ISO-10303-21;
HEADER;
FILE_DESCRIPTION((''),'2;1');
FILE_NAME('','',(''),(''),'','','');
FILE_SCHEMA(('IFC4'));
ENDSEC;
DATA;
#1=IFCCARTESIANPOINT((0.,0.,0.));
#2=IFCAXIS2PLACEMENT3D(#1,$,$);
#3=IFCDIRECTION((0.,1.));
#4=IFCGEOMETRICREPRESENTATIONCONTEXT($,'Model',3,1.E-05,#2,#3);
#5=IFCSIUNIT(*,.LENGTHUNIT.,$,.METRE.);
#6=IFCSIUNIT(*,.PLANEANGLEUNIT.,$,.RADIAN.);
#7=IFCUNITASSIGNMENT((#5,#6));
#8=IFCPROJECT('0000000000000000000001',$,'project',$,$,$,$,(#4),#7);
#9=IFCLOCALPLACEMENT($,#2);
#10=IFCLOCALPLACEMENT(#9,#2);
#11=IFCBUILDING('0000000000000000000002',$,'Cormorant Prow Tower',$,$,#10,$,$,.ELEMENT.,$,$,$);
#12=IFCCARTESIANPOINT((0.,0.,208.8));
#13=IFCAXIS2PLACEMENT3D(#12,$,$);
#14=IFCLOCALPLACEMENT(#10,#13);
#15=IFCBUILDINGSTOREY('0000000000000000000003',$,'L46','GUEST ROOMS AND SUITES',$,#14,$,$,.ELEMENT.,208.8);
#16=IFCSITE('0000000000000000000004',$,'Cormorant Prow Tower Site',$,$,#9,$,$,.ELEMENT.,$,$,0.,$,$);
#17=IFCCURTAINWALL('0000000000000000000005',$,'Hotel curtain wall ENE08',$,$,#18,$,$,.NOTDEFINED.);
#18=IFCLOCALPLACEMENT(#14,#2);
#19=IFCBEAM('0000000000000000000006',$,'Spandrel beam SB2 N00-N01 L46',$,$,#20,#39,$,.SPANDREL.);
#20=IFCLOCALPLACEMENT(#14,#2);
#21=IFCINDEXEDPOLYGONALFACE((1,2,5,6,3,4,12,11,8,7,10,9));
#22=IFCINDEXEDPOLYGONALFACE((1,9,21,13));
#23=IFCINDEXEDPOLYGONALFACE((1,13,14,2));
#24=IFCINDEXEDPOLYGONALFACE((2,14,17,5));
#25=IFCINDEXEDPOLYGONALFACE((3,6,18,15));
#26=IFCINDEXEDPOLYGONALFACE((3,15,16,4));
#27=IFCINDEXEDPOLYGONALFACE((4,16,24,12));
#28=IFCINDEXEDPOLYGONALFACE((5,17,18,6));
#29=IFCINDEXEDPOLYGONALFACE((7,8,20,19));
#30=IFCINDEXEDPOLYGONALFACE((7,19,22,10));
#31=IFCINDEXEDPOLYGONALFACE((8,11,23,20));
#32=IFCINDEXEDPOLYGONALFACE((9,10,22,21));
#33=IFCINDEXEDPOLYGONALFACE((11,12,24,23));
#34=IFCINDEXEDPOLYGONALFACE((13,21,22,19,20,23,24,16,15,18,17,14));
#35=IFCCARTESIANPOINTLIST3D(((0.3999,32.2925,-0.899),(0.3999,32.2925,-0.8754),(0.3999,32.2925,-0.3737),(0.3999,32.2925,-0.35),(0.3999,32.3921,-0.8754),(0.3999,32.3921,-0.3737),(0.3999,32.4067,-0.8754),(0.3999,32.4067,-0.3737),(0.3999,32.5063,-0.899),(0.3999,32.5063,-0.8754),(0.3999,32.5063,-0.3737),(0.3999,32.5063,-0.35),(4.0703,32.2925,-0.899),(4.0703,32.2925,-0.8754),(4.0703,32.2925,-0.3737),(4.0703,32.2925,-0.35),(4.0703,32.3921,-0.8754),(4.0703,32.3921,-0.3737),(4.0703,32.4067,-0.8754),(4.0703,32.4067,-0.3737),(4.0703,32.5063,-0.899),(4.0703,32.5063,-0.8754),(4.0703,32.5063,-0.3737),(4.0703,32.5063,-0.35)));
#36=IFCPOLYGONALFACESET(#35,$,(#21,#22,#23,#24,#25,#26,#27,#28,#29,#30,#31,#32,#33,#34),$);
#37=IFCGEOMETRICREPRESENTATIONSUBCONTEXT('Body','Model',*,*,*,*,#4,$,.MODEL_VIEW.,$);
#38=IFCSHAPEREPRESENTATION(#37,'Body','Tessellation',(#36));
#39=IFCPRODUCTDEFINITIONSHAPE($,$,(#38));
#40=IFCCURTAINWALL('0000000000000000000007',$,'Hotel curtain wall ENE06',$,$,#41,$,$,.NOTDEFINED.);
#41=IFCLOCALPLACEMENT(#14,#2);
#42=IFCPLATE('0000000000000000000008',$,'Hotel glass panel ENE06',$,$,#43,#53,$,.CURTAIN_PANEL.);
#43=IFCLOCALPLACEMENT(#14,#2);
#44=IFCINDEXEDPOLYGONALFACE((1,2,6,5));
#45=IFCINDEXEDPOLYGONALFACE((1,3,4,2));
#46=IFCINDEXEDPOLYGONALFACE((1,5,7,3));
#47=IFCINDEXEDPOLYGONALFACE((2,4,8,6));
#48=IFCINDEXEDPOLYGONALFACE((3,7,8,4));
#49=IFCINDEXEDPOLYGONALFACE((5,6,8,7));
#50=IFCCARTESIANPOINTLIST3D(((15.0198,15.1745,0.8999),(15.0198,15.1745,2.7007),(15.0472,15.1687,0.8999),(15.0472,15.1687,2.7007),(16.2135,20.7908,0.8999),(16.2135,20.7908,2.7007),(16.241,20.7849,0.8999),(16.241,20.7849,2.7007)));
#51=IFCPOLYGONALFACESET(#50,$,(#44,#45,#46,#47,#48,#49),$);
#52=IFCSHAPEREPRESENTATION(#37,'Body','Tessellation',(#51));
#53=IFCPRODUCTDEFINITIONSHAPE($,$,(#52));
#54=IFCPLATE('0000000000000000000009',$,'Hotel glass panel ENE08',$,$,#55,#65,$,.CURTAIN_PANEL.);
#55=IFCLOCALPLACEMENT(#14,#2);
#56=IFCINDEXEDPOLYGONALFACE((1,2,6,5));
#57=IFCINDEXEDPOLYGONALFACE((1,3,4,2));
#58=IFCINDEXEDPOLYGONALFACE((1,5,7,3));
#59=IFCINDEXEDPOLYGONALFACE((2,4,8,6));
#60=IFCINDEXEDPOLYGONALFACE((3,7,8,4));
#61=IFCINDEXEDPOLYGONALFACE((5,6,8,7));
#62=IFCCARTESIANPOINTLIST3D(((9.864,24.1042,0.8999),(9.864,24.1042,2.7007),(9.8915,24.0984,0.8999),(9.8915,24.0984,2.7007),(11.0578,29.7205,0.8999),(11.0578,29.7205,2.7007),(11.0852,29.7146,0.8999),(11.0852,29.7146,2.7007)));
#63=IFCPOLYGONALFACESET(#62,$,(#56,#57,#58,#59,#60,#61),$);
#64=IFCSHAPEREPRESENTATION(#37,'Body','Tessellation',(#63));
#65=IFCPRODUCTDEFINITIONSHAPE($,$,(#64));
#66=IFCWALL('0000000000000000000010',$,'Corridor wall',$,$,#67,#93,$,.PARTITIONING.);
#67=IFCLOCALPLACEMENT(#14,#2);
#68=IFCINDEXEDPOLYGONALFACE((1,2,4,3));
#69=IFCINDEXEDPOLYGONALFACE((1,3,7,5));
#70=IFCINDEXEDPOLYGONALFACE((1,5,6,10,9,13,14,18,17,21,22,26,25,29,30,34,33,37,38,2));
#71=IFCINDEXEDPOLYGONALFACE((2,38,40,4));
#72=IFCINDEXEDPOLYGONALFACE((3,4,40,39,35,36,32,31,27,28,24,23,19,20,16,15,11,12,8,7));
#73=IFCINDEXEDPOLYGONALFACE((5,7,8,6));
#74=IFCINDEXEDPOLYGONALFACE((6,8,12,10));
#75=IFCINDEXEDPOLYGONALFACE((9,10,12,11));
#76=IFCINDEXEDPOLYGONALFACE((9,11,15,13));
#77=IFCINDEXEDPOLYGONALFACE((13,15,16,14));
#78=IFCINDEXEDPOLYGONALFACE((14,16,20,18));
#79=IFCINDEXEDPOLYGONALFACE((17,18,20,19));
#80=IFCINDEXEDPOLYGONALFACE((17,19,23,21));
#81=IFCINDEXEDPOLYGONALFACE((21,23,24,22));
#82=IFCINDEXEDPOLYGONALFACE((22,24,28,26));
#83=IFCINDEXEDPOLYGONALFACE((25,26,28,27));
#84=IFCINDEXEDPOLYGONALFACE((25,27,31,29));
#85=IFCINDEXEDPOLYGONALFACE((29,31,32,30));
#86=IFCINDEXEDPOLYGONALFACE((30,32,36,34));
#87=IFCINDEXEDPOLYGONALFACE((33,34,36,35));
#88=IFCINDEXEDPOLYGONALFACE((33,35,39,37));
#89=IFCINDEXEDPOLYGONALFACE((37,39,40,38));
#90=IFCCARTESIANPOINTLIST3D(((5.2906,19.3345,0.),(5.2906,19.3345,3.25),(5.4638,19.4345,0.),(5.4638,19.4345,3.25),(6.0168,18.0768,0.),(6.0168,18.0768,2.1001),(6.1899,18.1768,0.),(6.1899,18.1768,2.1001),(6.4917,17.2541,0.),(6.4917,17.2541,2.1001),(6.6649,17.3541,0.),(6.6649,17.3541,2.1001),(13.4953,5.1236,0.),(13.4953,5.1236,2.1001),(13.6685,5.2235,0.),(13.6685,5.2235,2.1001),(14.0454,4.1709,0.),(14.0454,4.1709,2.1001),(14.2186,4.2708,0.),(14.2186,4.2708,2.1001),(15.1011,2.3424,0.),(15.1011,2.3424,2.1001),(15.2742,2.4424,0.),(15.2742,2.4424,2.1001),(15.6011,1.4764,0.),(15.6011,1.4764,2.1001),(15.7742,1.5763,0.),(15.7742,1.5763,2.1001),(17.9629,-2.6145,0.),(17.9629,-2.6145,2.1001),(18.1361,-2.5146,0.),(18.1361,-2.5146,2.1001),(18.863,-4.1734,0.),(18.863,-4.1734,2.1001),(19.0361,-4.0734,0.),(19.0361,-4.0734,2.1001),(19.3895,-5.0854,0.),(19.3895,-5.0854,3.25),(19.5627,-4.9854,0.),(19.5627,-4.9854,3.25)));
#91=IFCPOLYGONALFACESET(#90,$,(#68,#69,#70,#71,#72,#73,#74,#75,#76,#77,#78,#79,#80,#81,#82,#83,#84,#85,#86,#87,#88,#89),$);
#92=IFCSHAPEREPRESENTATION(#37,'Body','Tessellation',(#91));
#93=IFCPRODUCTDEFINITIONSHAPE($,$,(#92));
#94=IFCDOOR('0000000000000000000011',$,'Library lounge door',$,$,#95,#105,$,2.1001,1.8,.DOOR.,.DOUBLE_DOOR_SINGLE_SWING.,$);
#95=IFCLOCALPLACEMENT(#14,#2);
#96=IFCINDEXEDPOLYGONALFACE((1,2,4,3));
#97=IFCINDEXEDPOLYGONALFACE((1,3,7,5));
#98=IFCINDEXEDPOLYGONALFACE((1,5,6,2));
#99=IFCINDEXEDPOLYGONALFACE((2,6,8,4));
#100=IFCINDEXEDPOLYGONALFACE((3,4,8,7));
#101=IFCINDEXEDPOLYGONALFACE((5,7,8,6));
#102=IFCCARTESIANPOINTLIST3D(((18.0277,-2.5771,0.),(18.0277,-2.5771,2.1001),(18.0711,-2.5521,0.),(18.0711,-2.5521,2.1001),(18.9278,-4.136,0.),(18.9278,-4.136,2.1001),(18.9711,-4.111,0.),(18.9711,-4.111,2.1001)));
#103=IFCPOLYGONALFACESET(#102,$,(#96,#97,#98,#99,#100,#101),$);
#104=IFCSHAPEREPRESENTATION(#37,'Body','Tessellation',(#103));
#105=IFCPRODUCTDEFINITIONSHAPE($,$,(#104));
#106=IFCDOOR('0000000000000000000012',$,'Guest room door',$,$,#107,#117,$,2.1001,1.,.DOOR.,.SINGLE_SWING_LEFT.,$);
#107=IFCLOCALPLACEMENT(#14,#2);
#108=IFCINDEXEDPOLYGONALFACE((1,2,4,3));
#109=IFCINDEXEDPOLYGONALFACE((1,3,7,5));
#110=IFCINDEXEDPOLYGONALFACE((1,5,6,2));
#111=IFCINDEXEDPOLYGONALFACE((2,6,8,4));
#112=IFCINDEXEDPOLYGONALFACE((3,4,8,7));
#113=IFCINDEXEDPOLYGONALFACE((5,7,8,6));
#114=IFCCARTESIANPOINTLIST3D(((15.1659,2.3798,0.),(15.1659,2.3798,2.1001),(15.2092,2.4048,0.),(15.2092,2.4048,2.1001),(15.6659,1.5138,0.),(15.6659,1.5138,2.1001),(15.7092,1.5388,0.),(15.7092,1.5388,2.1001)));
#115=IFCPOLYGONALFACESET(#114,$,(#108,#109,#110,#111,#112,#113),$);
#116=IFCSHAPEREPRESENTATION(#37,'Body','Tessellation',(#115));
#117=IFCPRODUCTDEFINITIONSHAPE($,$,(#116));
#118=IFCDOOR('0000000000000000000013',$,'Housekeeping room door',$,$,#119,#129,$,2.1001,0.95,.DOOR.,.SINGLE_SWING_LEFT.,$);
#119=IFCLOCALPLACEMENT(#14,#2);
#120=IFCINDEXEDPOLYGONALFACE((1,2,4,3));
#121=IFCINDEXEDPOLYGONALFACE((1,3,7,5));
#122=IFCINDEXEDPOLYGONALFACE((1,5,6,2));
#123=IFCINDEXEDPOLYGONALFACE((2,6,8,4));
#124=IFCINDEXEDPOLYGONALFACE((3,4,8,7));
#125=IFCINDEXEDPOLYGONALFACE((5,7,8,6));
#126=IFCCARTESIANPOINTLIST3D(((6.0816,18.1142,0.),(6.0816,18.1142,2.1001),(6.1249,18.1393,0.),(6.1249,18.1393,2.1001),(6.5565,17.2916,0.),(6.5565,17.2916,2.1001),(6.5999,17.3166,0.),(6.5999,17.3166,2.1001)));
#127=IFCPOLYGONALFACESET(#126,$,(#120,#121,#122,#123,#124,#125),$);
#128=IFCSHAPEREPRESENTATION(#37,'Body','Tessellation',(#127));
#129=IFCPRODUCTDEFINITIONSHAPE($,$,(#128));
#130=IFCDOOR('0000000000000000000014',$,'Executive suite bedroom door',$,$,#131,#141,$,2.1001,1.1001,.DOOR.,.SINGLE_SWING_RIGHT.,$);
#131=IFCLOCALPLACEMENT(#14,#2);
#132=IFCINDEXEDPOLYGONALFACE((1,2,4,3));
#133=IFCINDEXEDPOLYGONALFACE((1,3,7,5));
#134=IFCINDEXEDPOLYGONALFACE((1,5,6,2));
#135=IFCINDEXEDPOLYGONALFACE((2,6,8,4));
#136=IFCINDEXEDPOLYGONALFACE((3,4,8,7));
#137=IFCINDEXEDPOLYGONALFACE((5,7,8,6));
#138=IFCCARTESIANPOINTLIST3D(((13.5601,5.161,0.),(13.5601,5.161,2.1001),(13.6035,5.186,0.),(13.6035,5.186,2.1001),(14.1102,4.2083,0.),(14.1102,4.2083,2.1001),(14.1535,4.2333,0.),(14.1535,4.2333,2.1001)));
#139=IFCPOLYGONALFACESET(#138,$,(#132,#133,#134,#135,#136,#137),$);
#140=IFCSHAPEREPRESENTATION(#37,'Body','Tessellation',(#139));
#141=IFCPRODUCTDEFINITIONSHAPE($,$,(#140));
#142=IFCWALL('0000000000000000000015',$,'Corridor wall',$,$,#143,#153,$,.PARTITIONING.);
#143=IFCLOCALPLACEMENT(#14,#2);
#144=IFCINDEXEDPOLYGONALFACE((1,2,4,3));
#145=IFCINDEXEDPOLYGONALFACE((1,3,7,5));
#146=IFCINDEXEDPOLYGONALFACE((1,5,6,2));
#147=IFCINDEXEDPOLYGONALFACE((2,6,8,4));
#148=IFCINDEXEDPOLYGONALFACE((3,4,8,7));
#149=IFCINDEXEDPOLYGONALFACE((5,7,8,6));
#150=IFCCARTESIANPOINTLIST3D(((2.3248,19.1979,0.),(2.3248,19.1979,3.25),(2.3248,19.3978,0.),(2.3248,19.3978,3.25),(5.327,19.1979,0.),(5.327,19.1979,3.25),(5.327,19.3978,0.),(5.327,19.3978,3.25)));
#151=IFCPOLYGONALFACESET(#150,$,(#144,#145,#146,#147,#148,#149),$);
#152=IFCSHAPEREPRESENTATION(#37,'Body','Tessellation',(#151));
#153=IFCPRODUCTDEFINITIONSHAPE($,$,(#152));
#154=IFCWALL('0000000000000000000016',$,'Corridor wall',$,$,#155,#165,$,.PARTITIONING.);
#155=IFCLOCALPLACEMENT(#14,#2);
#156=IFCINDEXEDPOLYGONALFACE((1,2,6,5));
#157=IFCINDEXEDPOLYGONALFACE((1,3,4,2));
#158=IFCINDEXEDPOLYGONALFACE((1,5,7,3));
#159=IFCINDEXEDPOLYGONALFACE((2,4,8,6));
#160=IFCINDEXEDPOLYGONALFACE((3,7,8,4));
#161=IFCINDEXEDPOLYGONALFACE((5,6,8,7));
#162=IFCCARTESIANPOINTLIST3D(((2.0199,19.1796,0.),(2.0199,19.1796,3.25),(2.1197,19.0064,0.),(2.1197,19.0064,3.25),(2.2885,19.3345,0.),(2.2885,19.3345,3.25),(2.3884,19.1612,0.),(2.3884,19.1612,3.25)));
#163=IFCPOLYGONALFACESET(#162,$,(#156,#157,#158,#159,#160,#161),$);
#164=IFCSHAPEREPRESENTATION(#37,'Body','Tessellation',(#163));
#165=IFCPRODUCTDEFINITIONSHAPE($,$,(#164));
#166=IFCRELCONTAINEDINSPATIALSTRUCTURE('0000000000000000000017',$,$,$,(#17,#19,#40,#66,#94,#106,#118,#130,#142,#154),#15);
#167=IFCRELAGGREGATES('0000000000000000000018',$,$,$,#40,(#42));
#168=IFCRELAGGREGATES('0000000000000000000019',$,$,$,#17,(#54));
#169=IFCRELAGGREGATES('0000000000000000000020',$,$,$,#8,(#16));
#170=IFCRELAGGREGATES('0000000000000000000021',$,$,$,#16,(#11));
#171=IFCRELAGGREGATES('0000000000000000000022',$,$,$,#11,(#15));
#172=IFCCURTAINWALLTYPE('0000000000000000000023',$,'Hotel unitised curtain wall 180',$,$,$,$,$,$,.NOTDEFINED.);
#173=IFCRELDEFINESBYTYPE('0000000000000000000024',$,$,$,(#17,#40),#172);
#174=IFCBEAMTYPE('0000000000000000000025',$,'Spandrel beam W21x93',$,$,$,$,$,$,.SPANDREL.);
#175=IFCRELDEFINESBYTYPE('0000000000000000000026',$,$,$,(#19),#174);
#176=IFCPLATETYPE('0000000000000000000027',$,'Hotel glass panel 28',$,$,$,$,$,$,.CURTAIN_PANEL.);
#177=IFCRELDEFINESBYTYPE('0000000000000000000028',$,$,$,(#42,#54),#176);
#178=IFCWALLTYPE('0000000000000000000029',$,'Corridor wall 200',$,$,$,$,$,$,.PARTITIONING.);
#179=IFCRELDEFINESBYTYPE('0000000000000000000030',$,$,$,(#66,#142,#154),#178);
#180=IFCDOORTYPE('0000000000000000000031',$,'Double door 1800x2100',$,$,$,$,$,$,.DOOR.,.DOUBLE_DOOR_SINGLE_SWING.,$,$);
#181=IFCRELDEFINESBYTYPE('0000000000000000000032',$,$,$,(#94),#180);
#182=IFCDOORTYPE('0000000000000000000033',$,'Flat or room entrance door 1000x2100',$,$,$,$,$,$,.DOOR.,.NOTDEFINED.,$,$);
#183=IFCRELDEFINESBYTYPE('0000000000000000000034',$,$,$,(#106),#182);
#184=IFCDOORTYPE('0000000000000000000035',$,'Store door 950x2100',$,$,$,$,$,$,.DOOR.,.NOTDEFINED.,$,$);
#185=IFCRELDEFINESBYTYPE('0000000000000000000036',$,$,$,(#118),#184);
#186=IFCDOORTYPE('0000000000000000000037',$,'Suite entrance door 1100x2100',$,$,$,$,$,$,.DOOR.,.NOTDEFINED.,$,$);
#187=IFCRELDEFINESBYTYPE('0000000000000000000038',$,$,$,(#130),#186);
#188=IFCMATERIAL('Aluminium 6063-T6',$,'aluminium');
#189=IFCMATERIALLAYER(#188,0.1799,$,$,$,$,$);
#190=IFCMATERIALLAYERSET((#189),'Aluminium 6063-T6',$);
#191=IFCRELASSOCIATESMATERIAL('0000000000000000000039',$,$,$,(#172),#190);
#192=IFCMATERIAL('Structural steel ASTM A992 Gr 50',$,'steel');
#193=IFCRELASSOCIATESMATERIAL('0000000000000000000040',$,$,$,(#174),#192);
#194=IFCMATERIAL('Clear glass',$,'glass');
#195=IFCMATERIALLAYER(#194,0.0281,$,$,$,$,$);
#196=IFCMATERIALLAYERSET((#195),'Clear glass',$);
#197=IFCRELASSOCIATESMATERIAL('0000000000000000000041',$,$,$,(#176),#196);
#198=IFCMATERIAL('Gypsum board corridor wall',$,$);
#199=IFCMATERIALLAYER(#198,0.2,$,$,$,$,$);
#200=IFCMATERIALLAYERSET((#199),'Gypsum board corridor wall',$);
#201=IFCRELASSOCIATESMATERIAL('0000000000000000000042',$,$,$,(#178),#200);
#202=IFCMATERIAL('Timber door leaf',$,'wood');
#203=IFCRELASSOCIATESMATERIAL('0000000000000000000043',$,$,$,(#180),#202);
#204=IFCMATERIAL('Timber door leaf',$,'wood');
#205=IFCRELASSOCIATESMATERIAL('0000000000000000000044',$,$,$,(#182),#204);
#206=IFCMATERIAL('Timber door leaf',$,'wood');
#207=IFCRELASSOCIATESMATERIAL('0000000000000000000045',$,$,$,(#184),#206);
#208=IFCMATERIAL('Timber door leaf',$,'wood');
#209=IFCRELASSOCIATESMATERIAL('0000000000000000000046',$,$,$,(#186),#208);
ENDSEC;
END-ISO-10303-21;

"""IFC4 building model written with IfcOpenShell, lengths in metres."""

from ifc_helpers import new_model, si_unit, direction, frame, frame_2d, origin, origin_2d, place, context, subcontext, project, spatial, rectangle, i_section, extrude, material, layer, layer_set, material_profile, profile_set, type_object, element, fill, aggregate, save


model = new_model("IFC4")

# Units and contexts
model_context = context("Model", 3, precision=1e-05, world=origin(), true_north=direction((0.0, 1.0)))
body_context = subcontext(model_context, "Body", "Model", "MODEL_VIEW")
ifc_project = project(units=[si_unit("LENGTHUNIT", "METRE"), si_unit("PLANEANGLEUNIT", "RADIAN")], contexts=[model_context])

# Site, building, storey
site_placement = place(None, origin())
site = spatial("IfcSite", under=ifc_project, at=site_placement, Name="Cormorant Prow Tower Site", CompositionType="ELEMENT", RefElevation=0.0)
building_placement = place(site_placement, origin())
building = spatial("IfcBuilding", under=site, at=building_placement, Name="Cormorant Prow Tower", CompositionType="ELEMENT")
storey_placement = place(building_placement, frame((0.0, 0.0, 208.8)))
storey = spatial("IfcBuildingStorey", under=building, at=storey_placement, Name="L46", Description="GUEST ROOMS AND SUITES", CompositionType="ELEMENT", Elevation=208.8)

# Curtain wall
ifc_material_1 = material(Name="Aluminium 6063-T6", Category="aluminium")
ifc_layer_1 = layer(ifc_material_1, 0.1799)
ifc_layer_set_1 = layer_set([ifc_layer_1], Name="Aluminium 6063-T6")
curtain_wall_type = type_object("IfcCurtainWallType", Name="Hotel unitised curtain wall 180", PredefinedType="NOTDEFINED", material=ifc_layer_set_1)
curtain_wall_1_placement = place(storey_placement, origin())
curtain_wall_1 = element("IfcCurtainWall", 1, at=curtain_wall_1_placement, inside=storey, type_object=curtain_wall_type, Name="Hotel curtain wall ENE08", PredefinedType="NOTDEFINED")

# Beam
ifc_material_2 = material(Name="Structural steel ASTM A992 Gr 50", Category="steel")
ifc_material_profile_1 = material_profile(ifc_material_2, i_section(OverallWidth=0.2139, OverallDepth=0.5491, WebThickness=0.0146, FlangeThickness=0.0237, at=origin_2d()), Name="W21x93")
ifc_profile_set_1 = profile_set([ifc_material_profile_1], Name="Structural steel ASTM A992 Gr 50")
beam_type = type_object("IfcBeamType", Name="Spandrel beam W21x93", PredefinedType="SPANDREL", material=ifc_profile_set_1)
beam_1_placement = place(storey_placement, frame((4.0703, 32.3994, -0.6245), z_axis=(-1.0, 0.0, 0.0), x_axis=(0.0, -1.0, 0.0)))
element("IfcBeam", 2, at=beam_1_placement, inside=storey, type_object=beam_type, Name="Spandrel beam SB2 N00-N01 L46", PredefinedType="SPANDREL", context=body_context, shape_type="SweptSolid", body=[
    extrude(i_section(OverallWidth=0.2139, OverallDepth=0.5491, WebThickness=0.0146, FlangeThickness=0.0237, at=origin_2d()), origin(), (0.0, 0.0, 1.0), 3.6704),
])

# Curtain wall, plate
curtain_wall_2_placement = place(storey_placement, origin())
curtain_wall_2 = element("IfcCurtainWall", 3, at=curtain_wall_2_placement, inside=storey, type_object=curtain_wall_type, Name="Hotel curtain wall ENE06", PredefinedType="NOTDEFINED")
ifc_material_3 = material(Name="Clear glass", Category="glass")
ifc_layer_2 = layer(ifc_material_3, 0.0281)
ifc_layer_set_2 = layer_set([ifc_layer_2], Name="Clear glass")
plate_type = type_object("IfcPlateType", Name="Hotel glass panel 28", PredefinedType="CURTAIN_PANEL", material=ifc_layer_set_2)
plate_1_placement = place(storey_placement, frame((15.6304, 17.9797, 0.8999), z_axis=(0.0, 0.0, 1.0), x_axis=(0.207912, 0.978148, 0.0)))
plate_1 = element("IfcPlate", 4, at=plate_1_placement, type_object=plate_type, Name="Hotel glass panel ENE06", PredefinedType="CURTAIN_PANEL", context=body_context, shape_type="SweptSolid", body=[
    extrude(rectangle(XDim=5.7417, YDim=0.0281, at=origin_2d()), origin(), (0.0, 0.0, 1.0), 1.8008),
])
aggregate(curtain_wall_2, [plate_1])

# Plate
plate_2_placement = place(storey_placement, frame((10.4746, 26.9094, 0.8999), z_axis=(0.0, 0.0, 1.0), x_axis=(0.207912, 0.978148, 0.0)))
plate_2 = element("IfcPlate", 5, at=plate_2_placement, type_object=plate_type, Name="Hotel glass panel ENE08", PredefinedType="CURTAIN_PANEL", context=body_context, shape_type="SweptSolid", body=[
    extrude(rectangle(XDim=5.7417, YDim=0.0281, at=origin_2d()), origin(), (0.0, 0.0, 1.0), 1.8008),
])
aggregate(curtain_wall_1, [plate_2])

# Wall, openings, doors
ifc_material_4 = material(Name="Gypsum board corridor wall")
ifc_layer_3 = layer(ifc_material_4, 0.2)
ifc_layer_set_3 = layer_set([ifc_layer_3], Name="Gypsum board corridor wall")
wall_type_1 = type_object("IfcWallType", Name="Corridor wall 200", PredefinedType="PARTITIONING", material=ifc_layer_set_3)
wall_1_placement = place(storey_placement, frame((5.3772, 19.3845, 0.0), z_axis=(0.0, 0.0, 1.0), x_axis=(0.500001, -0.866025, 0.0)))
wall_1 = element("IfcWall", 6, at=wall_1_placement, inside=storey, type_object=wall_type_1, Name="Corridor wall", PredefinedType="PARTITIONING", context=body_context, shape_type="SweptSolid", body=[
    extrude(rectangle(XDim=28.1978, YDim=0.2, at=frame_2d((14.0989, 0.0))), origin(), (0.0, 0.0, 1.0), 3.25),
])
opening_1_placement = place(wall_1_placement, frame((25.3447, 0.0, 0.0)))
opening_1 = element("IfcOpeningElement", 7, at=opening_1_placement, cuts=wall_1, PredefinedType="OPENING", context=body_context, shape_type="SweptSolid", body=[
    extrude(rectangle(XDim=1.8, YDim=2.1001, at=frame_2d((0.8999, 1.05))), frame((0.0, 0.1099, 0.0), z_axis=(0.0, -1.0, 0.0), x_axis=(1.0, 0.0, 0.0)), (0.0, 0.0, 1.0), 0.22),
])
opening_2_placement = place(wall_1_placement, frame((19.6208, 0.0, 0.0)))
opening_2 = element("IfcOpeningElement", 8, at=opening_2_placement, cuts=wall_1, PredefinedType="OPENING", context=body_context, shape_type="SweptSolid", body=[
    extrude(rectangle(XDim=1.0, YDim=2.1001, at=frame_2d((0.5, 1.05))), frame((0.0, 0.1099, 0.0), z_axis=(0.0, -1.0, 0.0), x_axis=(1.0, 0.0, 0.0)), (0.0, 0.0, 1.0), 0.22),
])
opening_3_placement = place(wall_1_placement, frame((16.4094, 0.0, 0.0)))
opening_3 = element("IfcOpeningElement", 9, at=opening_3_placement, cuts=wall_1, PredefinedType="OPENING", context=body_context, shape_type="SweptSolid", body=[
    extrude(rectangle(XDim=1.1001, YDim=2.1001, at=frame_2d((0.55, 1.05))), frame((0.0, 0.1099, 0.0), z_axis=(0.0, -1.0, 0.0), x_axis=(1.0, 0.0, 0.0)), (0.0, 0.0, 1.0), 0.22),
])
opening_4_placement = place(wall_1_placement, frame((1.4521, 0.0, 0.0)))
opening_4 = element("IfcOpeningElement", 10, at=opening_4_placement, cuts=wall_1, PredefinedType="OPENING", context=body_context, shape_type="SweptSolid", body=[
    extrude(rectangle(XDim=0.95, YDim=2.1001, at=frame_2d((0.4751, 1.05))), frame((0.0, 0.1099, 0.0), z_axis=(0.0, -1.0, 0.0), x_axis=(1.0, 0.0, 0.0)), (0.0, 0.0, 1.0), 0.22),
])
ifc_material_5 = material(Name="Timber door leaf", Category="wood")
door_type_1 = type_object("IfcDoorType", Name="Double door 1800x2100", OperationType="DOUBLE_DOOR_SINGLE_SWING", PredefinedType="DOOR", material=ifc_material_5)
door_1_placement = place(opening_1_placement, origin())
door_1 = element("IfcDoor", 11, at=door_1_placement, inside=storey, type_object=door_type_1, Name="Library lounge door", OperationType="DOUBLE_DOOR_SINGLE_SWING", OverallHeight=2.1001, OverallWidth=1.8, PredefinedType="DOOR", context=body_context, shape_type="SweptSolid", body=[
    extrude(rectangle(XDim=1.8, YDim=2.1001, at=frame_2d((0.8999, 1.05))), frame((0.0, 0.0249, 0.0), z_axis=(0.0, -1.0, 0.0), x_axis=(1.0, 0.0, 0.0)), (0.0, 0.0, 1.0), 0.05),
])
fill(opening_1, door_1)
ifc_material_6 = material(Name="Timber door leaf", Category="wood")
door_type_2 = type_object("IfcDoorType", Name="Flat or room entrance door 1000x2100", OperationType="NOTDEFINED", PredefinedType="DOOR", material=ifc_material_6)
door_2_placement = place(opening_2_placement, origin())
door_2 = element("IfcDoor", 12, at=door_2_placement, inside=storey, type_object=door_type_2, Name="Guest room door", OperationType="SINGLE_SWING_LEFT", OverallHeight=2.1001, OverallWidth=1.0, PredefinedType="DOOR", context=body_context, shape_type="SweptSolid", body=[
    extrude(rectangle(XDim=1.0, YDim=2.1001, at=frame_2d((0.5, 1.05))), frame((0.0, 0.0249, 0.0), z_axis=(0.0, -1.0, 0.0), x_axis=(1.0, 0.0, 0.0)), (0.0, 0.0, 1.0), 0.05),
])
fill(opening_2, door_2)
ifc_material_7 = material(Name="Timber door leaf", Category="wood")
door_type_3 = type_object("IfcDoorType", Name="Store door 950x2100", OperationType="NOTDEFINED", PredefinedType="DOOR", material=ifc_material_7)
door_3_placement = place(opening_4_placement, origin())
door_3 = element("IfcDoor", 13, at=door_3_placement, inside=storey, type_object=door_type_3, Name="Housekeeping room door", OperationType="SINGLE_SWING_LEFT", OverallHeight=2.1001, OverallWidth=0.95, PredefinedType="DOOR", context=body_context, shape_type="SweptSolid", body=[
    extrude(rectangle(XDim=0.95, YDim=2.1001, at=frame_2d((0.4751, 1.05))), frame((0.0, 0.0249, 0.0), z_axis=(0.0, -1.0, 0.0), x_axis=(1.0, 0.0, 0.0)), (0.0, 0.0, 1.0), 0.05),
])
fill(opening_4, door_3)
ifc_material_8 = material(Name="Timber door leaf", Category="wood")
door_type_4 = type_object("IfcDoorType", Name="Suite entrance door 1100x2100", OperationType="NOTDEFINED", PredefinedType="DOOR", material=ifc_material_8)
door_4_placement = place(opening_3_placement, origin())
door_4 = element("IfcDoor", 14, at=door_4_placement, inside=storey, type_object=door_type_4, Name="Executive suite bedroom door", OperationType="SINGLE_SWING_RIGHT", OverallHeight=2.1001, OverallWidth=1.1001, PredefinedType="DOOR", context=body_context, shape_type="SweptSolid", body=[
    extrude(rectangle(XDim=1.1001, YDim=2.1001, at=frame_2d((0.55, 1.05))), frame((0.0, 0.0249, 0.0), z_axis=(0.0, -1.0, 0.0), x_axis=(1.0, 0.0, 0.0)), (0.0, 0.0, 1.0), 0.05),
])
fill(opening_3, door_4)

# Walls
wall_2_placement = place(storey_placement, frame((2.325, 19.2979, 0.0), z_axis=(0.0, 0.0, 1.0), x_axis=(1.0, 0.0, 0.0)))
element("IfcWall", 15, at=wall_2_placement, inside=storey, type_object=wall_type_1, Name="Corridor wall", PredefinedType="PARTITIONING", context=body_context, shape_type="SweptSolid", body=[
    extrude(rectangle(XDim=3.0022, YDim=0.2, at=frame_2d((1.501, 0.0))), origin(), (0.0, 0.0, 1.0), 3.25),
])
wall_3_placement = place(storey_placement, frame((2.0698, 19.093, 0.0), z_axis=(0.0, 0.0, 1.0), x_axis=(0.866395, 0.499359, 0.0)))
element("IfcWall", 16, at=wall_3_placement, inside=storey, type_object=wall_type_1, Name="Corridor wall", PredefinedType="PARTITIONING", context=body_context, shape_type="SweptSolid", body=[
    extrude(rectangle(XDim=0.3101, YDim=0.2, at=frame_2d((0.155, 0.0))), origin(), (0.0, 0.0, 1.0), 3.25),
])

save(model, "model.ifc")
